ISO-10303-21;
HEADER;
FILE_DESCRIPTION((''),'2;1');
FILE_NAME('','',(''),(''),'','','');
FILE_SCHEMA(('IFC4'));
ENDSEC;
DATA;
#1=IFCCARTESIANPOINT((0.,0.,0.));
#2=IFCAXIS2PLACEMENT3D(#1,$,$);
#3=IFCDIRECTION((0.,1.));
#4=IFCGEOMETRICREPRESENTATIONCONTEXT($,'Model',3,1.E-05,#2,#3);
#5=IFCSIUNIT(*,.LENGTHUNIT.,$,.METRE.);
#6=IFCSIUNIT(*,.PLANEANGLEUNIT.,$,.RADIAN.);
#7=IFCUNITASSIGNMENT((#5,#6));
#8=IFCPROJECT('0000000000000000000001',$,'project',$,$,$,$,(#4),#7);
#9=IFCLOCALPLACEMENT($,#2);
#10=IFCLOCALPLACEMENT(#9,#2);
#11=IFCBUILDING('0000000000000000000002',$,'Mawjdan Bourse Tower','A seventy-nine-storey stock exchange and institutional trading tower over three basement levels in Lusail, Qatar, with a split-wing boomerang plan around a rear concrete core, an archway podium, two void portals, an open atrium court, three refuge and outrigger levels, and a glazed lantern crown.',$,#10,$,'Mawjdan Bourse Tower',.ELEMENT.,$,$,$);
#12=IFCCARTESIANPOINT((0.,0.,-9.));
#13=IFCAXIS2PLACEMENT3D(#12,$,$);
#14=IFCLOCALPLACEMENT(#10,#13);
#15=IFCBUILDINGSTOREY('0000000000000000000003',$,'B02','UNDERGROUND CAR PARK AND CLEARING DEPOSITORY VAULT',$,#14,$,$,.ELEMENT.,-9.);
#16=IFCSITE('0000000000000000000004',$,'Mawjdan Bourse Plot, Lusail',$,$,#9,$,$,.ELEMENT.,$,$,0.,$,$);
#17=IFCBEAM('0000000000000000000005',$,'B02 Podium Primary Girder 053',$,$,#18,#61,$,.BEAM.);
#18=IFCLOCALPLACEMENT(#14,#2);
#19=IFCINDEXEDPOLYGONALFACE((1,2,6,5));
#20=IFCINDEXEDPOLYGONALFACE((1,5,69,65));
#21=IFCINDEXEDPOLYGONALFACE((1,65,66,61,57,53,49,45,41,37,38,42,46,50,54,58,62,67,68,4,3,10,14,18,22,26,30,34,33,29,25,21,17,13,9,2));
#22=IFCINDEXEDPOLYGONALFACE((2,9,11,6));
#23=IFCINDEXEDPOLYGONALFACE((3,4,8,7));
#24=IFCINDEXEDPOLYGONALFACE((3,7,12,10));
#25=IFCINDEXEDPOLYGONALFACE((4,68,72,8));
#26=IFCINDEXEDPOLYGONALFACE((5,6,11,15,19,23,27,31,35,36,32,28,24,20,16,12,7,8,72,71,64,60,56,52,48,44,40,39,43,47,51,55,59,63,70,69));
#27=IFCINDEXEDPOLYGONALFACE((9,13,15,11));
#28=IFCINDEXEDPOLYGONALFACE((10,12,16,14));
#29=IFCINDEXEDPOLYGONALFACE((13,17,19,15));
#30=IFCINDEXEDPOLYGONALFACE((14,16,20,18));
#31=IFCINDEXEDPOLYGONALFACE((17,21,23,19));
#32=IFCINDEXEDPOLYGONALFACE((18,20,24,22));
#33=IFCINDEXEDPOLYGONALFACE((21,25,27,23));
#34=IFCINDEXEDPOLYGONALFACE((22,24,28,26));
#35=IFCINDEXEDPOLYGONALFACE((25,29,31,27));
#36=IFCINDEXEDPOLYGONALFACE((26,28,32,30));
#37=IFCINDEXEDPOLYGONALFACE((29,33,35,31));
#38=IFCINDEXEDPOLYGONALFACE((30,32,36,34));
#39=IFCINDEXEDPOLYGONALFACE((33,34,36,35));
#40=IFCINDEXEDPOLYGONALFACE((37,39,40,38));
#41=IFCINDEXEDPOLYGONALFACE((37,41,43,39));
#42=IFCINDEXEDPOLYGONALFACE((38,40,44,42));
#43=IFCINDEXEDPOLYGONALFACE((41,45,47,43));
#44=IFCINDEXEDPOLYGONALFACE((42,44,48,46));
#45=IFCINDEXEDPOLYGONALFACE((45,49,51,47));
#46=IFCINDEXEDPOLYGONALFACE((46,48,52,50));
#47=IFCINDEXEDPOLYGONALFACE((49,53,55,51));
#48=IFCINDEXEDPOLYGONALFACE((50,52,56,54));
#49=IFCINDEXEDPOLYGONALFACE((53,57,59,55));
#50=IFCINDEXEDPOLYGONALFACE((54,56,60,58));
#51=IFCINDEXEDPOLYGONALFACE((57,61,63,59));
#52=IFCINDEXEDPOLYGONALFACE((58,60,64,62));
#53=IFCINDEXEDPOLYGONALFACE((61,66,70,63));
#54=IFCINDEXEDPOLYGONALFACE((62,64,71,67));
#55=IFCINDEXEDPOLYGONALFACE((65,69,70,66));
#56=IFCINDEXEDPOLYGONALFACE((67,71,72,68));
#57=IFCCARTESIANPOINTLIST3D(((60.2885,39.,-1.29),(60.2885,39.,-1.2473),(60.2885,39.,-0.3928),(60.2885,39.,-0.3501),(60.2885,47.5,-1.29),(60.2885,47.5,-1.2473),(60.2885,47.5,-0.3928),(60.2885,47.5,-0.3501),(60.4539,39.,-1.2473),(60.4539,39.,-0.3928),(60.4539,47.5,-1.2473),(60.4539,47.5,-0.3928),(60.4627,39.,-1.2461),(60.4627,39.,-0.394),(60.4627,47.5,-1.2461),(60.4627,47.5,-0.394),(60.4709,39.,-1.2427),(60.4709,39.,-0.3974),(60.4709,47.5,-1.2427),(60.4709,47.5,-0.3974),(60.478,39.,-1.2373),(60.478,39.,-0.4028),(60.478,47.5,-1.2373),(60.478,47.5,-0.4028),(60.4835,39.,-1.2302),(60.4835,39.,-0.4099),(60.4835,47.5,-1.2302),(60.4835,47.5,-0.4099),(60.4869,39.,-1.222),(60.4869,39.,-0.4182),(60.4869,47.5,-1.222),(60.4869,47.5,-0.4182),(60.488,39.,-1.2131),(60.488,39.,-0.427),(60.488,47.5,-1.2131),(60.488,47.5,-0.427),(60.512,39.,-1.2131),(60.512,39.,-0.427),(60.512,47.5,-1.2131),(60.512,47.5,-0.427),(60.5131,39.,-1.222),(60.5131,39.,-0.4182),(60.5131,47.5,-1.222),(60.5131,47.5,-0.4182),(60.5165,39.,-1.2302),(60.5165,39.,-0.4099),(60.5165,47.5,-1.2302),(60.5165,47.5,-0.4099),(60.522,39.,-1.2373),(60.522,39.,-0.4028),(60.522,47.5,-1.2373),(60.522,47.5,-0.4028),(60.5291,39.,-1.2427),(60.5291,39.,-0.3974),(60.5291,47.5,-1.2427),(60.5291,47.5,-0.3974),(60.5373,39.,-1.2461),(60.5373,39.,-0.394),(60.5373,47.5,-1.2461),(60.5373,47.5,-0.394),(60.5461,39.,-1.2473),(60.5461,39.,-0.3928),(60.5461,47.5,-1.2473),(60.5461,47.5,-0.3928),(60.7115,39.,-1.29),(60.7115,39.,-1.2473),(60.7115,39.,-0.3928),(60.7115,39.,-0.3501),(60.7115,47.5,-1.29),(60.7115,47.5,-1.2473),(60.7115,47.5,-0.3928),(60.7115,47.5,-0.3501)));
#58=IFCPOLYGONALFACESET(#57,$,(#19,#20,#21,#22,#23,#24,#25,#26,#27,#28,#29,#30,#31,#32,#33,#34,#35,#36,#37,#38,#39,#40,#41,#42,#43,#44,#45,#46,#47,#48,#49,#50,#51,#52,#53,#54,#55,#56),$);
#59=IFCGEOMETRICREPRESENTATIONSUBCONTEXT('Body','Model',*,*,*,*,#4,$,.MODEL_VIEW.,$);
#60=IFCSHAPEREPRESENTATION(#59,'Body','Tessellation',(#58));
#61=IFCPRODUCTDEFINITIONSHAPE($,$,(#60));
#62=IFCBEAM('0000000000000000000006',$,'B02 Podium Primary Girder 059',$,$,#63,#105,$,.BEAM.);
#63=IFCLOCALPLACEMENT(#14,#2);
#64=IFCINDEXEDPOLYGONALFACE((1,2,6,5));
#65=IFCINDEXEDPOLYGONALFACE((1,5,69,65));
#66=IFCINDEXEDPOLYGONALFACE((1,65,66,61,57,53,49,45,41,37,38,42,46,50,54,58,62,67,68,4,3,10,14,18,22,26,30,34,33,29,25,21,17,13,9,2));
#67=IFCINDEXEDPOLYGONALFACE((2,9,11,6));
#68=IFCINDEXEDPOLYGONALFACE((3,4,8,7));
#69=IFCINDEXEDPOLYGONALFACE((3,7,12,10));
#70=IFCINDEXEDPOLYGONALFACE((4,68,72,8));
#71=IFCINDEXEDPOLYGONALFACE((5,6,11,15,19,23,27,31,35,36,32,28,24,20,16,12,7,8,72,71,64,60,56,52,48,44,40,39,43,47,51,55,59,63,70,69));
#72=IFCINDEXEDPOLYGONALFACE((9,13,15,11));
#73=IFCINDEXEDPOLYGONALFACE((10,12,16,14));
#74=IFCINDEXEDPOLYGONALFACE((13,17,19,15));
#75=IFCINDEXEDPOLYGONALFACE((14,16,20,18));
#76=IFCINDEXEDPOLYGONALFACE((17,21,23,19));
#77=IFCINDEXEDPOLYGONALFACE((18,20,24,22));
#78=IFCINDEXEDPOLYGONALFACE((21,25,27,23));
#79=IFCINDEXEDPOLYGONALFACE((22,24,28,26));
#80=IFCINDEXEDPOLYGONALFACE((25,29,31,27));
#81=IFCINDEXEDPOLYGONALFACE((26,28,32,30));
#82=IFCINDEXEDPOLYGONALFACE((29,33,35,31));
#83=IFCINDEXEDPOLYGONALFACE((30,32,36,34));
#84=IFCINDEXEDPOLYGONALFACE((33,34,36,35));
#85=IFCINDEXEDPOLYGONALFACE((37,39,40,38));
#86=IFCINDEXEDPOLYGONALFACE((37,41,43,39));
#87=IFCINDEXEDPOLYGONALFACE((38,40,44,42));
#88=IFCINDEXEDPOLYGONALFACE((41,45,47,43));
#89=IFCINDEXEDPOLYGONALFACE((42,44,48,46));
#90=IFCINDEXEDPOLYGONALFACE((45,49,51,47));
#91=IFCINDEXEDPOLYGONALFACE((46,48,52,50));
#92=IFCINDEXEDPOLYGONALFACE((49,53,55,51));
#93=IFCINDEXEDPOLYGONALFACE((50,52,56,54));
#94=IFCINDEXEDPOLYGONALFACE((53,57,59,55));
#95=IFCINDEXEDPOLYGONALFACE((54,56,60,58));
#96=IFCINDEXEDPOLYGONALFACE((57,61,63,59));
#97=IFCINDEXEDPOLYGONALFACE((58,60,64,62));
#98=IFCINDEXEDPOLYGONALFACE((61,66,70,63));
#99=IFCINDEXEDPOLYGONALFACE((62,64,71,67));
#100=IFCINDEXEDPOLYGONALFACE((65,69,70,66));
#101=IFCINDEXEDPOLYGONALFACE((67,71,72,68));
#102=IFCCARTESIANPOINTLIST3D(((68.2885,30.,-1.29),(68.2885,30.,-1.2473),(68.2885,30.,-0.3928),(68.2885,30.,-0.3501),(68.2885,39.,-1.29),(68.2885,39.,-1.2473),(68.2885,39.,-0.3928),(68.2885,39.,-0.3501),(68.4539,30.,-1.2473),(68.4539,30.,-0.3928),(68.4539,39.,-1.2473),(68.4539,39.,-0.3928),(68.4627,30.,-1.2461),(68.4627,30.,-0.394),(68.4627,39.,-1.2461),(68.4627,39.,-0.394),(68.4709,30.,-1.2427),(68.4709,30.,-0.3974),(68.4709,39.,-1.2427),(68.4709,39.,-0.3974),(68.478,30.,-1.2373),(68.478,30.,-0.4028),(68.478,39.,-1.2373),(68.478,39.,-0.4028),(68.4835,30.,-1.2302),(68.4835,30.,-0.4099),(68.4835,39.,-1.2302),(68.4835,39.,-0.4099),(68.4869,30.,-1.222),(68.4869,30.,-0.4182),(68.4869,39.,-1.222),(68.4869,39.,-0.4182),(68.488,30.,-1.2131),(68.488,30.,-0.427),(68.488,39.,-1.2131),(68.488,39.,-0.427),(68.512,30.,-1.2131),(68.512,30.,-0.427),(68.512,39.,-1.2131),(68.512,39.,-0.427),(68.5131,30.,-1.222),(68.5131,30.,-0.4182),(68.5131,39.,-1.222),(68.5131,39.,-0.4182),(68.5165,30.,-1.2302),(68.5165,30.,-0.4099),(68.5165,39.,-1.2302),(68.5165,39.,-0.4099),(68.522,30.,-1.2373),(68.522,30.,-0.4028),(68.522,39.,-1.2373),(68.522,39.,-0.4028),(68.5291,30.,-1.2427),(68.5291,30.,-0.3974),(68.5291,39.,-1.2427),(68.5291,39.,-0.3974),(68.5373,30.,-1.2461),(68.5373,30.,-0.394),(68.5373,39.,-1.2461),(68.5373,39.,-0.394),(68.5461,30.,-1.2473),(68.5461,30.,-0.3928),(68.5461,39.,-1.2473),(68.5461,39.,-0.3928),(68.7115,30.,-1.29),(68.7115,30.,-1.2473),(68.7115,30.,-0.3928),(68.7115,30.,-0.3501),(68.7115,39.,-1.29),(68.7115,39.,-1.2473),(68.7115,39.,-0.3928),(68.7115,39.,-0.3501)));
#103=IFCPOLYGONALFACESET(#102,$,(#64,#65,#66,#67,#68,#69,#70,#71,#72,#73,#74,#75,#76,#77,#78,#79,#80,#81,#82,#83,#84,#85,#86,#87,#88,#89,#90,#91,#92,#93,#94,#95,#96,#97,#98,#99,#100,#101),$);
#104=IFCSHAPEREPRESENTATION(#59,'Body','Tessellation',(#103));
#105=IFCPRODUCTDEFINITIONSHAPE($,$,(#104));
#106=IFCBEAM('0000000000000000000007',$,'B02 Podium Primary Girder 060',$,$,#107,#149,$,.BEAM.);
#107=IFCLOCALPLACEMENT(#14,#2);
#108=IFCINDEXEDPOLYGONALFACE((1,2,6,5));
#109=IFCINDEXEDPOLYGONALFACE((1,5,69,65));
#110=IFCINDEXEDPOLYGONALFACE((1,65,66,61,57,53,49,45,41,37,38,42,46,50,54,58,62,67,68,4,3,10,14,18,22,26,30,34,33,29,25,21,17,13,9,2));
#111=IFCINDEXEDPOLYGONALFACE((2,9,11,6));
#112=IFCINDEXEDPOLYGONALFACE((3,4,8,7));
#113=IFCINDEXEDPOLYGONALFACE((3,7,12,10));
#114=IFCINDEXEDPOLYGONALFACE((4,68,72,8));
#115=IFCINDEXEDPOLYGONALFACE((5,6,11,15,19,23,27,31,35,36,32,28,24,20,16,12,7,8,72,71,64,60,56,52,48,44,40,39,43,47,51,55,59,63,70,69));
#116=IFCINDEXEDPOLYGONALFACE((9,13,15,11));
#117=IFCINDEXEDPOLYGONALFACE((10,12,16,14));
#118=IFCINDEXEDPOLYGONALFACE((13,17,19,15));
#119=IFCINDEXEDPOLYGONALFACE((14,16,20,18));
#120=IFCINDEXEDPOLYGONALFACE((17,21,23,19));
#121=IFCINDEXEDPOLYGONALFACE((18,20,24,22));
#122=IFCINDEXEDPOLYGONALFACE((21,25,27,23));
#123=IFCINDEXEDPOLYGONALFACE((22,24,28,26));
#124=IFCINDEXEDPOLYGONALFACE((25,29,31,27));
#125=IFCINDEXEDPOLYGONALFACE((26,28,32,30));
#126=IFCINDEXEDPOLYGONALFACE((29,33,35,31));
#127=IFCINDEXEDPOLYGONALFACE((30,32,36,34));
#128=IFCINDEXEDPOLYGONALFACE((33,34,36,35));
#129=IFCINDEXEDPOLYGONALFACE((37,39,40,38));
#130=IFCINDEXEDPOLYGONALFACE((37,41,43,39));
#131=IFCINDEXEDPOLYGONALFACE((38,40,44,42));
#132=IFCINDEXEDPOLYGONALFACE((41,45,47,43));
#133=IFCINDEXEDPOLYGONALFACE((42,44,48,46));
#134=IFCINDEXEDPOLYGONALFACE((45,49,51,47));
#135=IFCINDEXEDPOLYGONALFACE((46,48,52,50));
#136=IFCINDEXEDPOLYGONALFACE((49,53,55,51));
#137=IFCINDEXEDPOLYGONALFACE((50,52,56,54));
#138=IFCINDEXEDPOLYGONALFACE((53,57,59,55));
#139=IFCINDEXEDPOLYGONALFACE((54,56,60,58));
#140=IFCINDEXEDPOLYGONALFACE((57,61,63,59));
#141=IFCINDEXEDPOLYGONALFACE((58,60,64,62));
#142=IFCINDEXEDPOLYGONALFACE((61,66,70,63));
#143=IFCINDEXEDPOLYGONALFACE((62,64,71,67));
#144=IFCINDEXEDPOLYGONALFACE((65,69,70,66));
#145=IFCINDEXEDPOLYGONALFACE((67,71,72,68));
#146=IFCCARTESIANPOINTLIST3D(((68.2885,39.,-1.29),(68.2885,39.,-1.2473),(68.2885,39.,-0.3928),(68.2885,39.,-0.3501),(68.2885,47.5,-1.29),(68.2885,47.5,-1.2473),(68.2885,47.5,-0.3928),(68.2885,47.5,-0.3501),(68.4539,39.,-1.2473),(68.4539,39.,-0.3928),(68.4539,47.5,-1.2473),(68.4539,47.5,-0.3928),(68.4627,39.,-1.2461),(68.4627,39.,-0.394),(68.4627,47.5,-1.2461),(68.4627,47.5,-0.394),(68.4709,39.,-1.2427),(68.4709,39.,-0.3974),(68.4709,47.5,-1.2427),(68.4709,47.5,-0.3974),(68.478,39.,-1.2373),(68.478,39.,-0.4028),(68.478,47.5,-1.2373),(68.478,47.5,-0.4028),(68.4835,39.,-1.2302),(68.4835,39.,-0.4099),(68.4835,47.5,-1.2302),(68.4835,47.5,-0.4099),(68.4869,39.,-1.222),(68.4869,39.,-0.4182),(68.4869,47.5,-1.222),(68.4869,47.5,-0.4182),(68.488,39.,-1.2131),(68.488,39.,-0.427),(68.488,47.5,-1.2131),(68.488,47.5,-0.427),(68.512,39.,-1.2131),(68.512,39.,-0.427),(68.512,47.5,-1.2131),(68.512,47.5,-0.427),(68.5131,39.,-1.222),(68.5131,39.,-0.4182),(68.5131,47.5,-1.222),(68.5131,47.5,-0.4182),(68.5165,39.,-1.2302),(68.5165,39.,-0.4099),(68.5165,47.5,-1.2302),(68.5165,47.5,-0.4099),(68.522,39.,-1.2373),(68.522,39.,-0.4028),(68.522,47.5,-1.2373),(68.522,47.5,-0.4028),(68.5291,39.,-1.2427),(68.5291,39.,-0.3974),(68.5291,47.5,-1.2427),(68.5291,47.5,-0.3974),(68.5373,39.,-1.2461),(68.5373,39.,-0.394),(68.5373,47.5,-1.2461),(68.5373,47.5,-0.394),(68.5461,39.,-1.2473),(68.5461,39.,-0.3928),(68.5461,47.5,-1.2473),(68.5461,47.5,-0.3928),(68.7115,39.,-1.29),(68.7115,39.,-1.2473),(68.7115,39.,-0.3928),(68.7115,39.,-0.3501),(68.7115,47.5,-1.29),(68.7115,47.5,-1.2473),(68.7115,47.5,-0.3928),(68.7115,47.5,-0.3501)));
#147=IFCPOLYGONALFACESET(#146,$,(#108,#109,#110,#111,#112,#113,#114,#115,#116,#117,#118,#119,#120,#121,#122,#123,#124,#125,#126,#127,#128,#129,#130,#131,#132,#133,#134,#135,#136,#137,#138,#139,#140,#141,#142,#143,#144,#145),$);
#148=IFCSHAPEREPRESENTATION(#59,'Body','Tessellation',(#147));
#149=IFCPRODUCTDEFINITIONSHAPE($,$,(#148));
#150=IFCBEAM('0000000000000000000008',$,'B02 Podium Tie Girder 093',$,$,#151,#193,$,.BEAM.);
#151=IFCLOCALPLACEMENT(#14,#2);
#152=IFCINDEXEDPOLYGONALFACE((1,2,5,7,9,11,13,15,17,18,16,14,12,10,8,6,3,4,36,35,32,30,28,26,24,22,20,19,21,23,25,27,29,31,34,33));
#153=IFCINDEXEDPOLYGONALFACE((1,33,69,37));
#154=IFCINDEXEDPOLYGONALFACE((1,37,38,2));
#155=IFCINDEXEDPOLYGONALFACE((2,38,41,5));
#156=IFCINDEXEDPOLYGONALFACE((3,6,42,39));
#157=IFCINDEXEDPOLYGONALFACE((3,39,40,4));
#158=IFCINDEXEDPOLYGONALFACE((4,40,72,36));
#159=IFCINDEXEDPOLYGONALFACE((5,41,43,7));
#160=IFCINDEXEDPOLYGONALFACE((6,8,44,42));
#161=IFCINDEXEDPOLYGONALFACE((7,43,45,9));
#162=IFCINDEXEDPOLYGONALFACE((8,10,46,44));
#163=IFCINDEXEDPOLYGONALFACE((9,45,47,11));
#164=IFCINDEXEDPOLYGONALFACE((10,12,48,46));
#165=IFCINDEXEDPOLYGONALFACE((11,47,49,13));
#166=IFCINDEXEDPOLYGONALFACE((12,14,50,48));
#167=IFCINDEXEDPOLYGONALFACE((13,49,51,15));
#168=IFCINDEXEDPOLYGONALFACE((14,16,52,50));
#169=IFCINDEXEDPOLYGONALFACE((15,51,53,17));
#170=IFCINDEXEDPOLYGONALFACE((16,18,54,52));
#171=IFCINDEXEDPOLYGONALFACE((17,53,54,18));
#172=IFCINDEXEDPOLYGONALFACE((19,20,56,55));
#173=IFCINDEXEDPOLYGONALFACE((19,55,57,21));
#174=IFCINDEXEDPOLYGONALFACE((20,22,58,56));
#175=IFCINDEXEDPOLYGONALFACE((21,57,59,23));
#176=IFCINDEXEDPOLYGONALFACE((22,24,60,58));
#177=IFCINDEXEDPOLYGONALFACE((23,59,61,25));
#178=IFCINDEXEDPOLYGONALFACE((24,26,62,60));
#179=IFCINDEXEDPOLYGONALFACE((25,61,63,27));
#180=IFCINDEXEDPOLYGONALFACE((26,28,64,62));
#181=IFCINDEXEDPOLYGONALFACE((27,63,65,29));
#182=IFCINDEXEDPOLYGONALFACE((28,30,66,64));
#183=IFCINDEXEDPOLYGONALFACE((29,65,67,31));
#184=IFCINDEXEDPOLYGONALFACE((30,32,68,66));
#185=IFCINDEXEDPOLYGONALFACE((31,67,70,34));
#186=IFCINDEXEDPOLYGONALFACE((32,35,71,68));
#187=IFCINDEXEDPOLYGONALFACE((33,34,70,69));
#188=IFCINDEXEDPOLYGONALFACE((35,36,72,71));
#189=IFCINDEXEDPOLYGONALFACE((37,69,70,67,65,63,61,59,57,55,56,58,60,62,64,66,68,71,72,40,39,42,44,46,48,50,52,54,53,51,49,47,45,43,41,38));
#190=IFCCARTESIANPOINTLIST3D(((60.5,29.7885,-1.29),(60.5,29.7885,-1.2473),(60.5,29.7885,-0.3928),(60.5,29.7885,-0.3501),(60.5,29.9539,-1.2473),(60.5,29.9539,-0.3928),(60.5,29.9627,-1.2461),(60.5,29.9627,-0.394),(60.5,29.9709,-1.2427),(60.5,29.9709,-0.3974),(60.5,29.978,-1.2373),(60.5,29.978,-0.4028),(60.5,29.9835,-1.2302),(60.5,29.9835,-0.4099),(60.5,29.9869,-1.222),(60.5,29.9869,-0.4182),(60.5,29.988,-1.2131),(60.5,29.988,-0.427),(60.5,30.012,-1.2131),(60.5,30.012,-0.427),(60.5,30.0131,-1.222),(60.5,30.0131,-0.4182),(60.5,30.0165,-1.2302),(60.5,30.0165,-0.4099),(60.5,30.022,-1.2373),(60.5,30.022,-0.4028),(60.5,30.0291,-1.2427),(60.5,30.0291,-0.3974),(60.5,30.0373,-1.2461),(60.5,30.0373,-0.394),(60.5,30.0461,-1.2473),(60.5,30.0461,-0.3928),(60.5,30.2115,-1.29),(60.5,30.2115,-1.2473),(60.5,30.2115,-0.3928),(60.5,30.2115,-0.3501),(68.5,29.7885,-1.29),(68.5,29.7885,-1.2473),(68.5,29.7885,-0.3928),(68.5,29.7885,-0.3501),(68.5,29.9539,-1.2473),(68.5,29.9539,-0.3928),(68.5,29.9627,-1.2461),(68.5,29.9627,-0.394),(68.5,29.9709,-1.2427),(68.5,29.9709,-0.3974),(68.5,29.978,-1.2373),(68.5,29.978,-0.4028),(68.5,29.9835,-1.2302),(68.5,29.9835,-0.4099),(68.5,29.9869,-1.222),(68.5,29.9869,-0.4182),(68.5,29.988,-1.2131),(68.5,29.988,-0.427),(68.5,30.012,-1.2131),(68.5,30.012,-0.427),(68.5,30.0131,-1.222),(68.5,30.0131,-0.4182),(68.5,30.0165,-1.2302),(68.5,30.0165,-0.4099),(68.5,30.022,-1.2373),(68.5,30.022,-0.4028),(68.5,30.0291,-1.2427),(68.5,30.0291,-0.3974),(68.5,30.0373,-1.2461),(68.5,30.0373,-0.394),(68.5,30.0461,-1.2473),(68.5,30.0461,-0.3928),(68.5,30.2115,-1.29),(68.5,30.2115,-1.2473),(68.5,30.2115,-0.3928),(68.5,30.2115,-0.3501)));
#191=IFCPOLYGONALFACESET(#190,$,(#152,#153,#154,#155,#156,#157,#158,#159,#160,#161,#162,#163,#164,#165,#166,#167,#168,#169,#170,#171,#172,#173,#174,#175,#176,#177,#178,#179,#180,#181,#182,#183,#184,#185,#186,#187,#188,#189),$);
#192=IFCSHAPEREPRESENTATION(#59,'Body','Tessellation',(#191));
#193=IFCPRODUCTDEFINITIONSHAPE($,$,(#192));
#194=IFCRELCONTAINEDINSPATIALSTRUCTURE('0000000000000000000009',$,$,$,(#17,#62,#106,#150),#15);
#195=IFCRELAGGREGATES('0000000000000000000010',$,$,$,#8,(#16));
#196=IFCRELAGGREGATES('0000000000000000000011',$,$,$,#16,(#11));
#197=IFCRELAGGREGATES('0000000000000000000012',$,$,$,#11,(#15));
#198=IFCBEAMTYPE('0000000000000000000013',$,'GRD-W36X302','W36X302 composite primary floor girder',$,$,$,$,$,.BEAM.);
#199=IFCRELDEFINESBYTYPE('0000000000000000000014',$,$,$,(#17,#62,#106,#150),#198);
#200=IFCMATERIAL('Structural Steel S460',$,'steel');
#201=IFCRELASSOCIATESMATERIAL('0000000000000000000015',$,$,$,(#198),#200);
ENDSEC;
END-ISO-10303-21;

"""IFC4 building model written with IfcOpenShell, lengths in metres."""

from ifc_helpers import new_model, si_unit, direction, frame, origin, origin_2d, place, context, subcontext, project, spatial, i_section, extrude, material, material_profile, profile_set, type_object, element, save


model = new_model("IFC4")

# Units and contexts
model_context = context("Model", 3, precision=1e-05, world=origin(), true_north=direction((0.0, 1.0)))
body_context = subcontext(model_context, "Body", "Model", "MODEL_VIEW")
ifc_project = project(units=[si_unit("LENGTHUNIT", "METRE"), si_unit("PLANEANGLEUNIT", "RADIAN")], contexts=[model_context])

# Site, building, storey
site_placement = place(None, origin())
site = spatial("IfcSite", under=ifc_project, at=site_placement, Name="Mawjdan Bourse Plot, Lusail", CompositionType="ELEMENT", RefElevation=0.0)
building_placement = place(site_placement, origin())
building = spatial("IfcBuilding", under=site, at=building_placement, Name="Mawjdan Bourse Tower", Description="A seventy-nine-storey stock exchange and institutional trading tower over three basement levels in Lusail, Qatar, with a split-wing boomerang plan around a rear concrete core, an archway podium, two void portals, an open atrium court, three refuge and outrigger levels, and a glazed lantern crown.", LongName="Mawjdan Bourse Tower", CompositionType="ELEMENT")
storey_placement = place(building_placement, frame((0.0, 0.0, -9.0)))
storey = spatial("IfcBuildingStorey", under=building, at=storey_placement, Name="B02", Description="UNDERGROUND CAR PARK AND CLEARING DEPOSITORY VAULT", CompositionType="ELEMENT", Elevation=-9.0)

# Beams
ifc_material_1 = material(Name="Structural Steel S460", Category="steel")
ifc_material_profile_1 = material_profile(ifc_material_1, i_section(OverallWidth=0.4231, OverallDepth=0.9399, WebThickness=0.0239, FlangeThickness=0.0427, FilletRadius=0.0342, at=origin_2d()), Name="W36X302")
ifc_profile_set_1 = profile_set([ifc_material_profile_1], Name="Structural Steel S460")
beam_type_1 = type_object("IfcBeamType", Name="GRD-W36X302", Description="W36X302 composite primary floor girder", PredefinedType="BEAM", material=ifc_profile_set_1)
beam_1_placement = place(storey_placement, frame((60.5, 39.0, -0.8201), z_axis=(0.0, 1.0, 0.0), x_axis=(-1.0, 0.0, 0.0)))
element("IfcBeam", 1, at=beam_1_placement, inside=storey, type_object=beam_type_1, Name="B02 Podium Primary Girder 053", PredefinedType="BEAM", context=body_context, shape_type="SweptSolid", body=[
    extrude(i_section(OverallWidth=0.4231, OverallDepth=0.9399, WebThickness=0.0239, FlangeThickness=0.0427, FilletRadius=0.0342, at=origin_2d()), origin(), (0.0, 0.0, 1.0), 8.5),
])
beam_2_placement = place(storey_placement, frame((68.5, 30.0, -0.8201), z_axis=(0.0, 1.0, 0.0), x_axis=(-1.0, 0.0, 0.0)))
element("IfcBeam", 2, at=beam_2_placement, inside=storey, type_object=beam_type_1, Name="B02 Podium Primary Girder 059", PredefinedType="BEAM", context=body_context, shape_type="SweptSolid", body=[
    extrude(i_section(OverallWidth=0.4231, OverallDepth=0.9399, WebThickness=0.0239, FlangeThickness=0.0427, FilletRadius=0.0342, at=origin_2d()), origin(), (0.0, 0.0, 1.0), 9.0),
])
beam_3_placement = place(storey_placement, frame((68.5, 39.0, -0.8201), z_axis=(0.0, 1.0, 0.0), x_axis=(-1.0, 0.0, 0.0)))
element("IfcBeam", 3, at=beam_3_placement, inside=storey, type_object=beam_type_1, Name="B02 Podium Primary Girder 060", PredefinedType="BEAM", context=body_context, shape_type="SweptSolid", body=[
    extrude(i_section(OverallWidth=0.4231, OverallDepth=0.9399, WebThickness=0.0239, FlangeThickness=0.0427, FilletRadius=0.0342, at=origin_2d()), origin(), (0.0, 0.0, 1.0), 8.5),
])
beam_4_placement = place(storey_placement, frame((60.5, 30.0, -0.8201), z_axis=(1.0, 0.0, 0.0), x_axis=(0.0, 1.0, 0.0)))
element("IfcBeam", 4, at=beam_4_placement, inside=storey, type_object=beam_type_1, Name="B02 Podium Tie Girder 093", PredefinedType="BEAM", context=body_context, shape_type="SweptSolid", body=[
    extrude(i_section(OverallWidth=0.4231, OverallDepth=0.9399, WebThickness=0.0239, FlangeThickness=0.0427, FilletRadius=0.0342, at=origin_2d()), origin(), (0.0, 0.0, 1.0), 8.0),
])

save(model, "model.ifc")
